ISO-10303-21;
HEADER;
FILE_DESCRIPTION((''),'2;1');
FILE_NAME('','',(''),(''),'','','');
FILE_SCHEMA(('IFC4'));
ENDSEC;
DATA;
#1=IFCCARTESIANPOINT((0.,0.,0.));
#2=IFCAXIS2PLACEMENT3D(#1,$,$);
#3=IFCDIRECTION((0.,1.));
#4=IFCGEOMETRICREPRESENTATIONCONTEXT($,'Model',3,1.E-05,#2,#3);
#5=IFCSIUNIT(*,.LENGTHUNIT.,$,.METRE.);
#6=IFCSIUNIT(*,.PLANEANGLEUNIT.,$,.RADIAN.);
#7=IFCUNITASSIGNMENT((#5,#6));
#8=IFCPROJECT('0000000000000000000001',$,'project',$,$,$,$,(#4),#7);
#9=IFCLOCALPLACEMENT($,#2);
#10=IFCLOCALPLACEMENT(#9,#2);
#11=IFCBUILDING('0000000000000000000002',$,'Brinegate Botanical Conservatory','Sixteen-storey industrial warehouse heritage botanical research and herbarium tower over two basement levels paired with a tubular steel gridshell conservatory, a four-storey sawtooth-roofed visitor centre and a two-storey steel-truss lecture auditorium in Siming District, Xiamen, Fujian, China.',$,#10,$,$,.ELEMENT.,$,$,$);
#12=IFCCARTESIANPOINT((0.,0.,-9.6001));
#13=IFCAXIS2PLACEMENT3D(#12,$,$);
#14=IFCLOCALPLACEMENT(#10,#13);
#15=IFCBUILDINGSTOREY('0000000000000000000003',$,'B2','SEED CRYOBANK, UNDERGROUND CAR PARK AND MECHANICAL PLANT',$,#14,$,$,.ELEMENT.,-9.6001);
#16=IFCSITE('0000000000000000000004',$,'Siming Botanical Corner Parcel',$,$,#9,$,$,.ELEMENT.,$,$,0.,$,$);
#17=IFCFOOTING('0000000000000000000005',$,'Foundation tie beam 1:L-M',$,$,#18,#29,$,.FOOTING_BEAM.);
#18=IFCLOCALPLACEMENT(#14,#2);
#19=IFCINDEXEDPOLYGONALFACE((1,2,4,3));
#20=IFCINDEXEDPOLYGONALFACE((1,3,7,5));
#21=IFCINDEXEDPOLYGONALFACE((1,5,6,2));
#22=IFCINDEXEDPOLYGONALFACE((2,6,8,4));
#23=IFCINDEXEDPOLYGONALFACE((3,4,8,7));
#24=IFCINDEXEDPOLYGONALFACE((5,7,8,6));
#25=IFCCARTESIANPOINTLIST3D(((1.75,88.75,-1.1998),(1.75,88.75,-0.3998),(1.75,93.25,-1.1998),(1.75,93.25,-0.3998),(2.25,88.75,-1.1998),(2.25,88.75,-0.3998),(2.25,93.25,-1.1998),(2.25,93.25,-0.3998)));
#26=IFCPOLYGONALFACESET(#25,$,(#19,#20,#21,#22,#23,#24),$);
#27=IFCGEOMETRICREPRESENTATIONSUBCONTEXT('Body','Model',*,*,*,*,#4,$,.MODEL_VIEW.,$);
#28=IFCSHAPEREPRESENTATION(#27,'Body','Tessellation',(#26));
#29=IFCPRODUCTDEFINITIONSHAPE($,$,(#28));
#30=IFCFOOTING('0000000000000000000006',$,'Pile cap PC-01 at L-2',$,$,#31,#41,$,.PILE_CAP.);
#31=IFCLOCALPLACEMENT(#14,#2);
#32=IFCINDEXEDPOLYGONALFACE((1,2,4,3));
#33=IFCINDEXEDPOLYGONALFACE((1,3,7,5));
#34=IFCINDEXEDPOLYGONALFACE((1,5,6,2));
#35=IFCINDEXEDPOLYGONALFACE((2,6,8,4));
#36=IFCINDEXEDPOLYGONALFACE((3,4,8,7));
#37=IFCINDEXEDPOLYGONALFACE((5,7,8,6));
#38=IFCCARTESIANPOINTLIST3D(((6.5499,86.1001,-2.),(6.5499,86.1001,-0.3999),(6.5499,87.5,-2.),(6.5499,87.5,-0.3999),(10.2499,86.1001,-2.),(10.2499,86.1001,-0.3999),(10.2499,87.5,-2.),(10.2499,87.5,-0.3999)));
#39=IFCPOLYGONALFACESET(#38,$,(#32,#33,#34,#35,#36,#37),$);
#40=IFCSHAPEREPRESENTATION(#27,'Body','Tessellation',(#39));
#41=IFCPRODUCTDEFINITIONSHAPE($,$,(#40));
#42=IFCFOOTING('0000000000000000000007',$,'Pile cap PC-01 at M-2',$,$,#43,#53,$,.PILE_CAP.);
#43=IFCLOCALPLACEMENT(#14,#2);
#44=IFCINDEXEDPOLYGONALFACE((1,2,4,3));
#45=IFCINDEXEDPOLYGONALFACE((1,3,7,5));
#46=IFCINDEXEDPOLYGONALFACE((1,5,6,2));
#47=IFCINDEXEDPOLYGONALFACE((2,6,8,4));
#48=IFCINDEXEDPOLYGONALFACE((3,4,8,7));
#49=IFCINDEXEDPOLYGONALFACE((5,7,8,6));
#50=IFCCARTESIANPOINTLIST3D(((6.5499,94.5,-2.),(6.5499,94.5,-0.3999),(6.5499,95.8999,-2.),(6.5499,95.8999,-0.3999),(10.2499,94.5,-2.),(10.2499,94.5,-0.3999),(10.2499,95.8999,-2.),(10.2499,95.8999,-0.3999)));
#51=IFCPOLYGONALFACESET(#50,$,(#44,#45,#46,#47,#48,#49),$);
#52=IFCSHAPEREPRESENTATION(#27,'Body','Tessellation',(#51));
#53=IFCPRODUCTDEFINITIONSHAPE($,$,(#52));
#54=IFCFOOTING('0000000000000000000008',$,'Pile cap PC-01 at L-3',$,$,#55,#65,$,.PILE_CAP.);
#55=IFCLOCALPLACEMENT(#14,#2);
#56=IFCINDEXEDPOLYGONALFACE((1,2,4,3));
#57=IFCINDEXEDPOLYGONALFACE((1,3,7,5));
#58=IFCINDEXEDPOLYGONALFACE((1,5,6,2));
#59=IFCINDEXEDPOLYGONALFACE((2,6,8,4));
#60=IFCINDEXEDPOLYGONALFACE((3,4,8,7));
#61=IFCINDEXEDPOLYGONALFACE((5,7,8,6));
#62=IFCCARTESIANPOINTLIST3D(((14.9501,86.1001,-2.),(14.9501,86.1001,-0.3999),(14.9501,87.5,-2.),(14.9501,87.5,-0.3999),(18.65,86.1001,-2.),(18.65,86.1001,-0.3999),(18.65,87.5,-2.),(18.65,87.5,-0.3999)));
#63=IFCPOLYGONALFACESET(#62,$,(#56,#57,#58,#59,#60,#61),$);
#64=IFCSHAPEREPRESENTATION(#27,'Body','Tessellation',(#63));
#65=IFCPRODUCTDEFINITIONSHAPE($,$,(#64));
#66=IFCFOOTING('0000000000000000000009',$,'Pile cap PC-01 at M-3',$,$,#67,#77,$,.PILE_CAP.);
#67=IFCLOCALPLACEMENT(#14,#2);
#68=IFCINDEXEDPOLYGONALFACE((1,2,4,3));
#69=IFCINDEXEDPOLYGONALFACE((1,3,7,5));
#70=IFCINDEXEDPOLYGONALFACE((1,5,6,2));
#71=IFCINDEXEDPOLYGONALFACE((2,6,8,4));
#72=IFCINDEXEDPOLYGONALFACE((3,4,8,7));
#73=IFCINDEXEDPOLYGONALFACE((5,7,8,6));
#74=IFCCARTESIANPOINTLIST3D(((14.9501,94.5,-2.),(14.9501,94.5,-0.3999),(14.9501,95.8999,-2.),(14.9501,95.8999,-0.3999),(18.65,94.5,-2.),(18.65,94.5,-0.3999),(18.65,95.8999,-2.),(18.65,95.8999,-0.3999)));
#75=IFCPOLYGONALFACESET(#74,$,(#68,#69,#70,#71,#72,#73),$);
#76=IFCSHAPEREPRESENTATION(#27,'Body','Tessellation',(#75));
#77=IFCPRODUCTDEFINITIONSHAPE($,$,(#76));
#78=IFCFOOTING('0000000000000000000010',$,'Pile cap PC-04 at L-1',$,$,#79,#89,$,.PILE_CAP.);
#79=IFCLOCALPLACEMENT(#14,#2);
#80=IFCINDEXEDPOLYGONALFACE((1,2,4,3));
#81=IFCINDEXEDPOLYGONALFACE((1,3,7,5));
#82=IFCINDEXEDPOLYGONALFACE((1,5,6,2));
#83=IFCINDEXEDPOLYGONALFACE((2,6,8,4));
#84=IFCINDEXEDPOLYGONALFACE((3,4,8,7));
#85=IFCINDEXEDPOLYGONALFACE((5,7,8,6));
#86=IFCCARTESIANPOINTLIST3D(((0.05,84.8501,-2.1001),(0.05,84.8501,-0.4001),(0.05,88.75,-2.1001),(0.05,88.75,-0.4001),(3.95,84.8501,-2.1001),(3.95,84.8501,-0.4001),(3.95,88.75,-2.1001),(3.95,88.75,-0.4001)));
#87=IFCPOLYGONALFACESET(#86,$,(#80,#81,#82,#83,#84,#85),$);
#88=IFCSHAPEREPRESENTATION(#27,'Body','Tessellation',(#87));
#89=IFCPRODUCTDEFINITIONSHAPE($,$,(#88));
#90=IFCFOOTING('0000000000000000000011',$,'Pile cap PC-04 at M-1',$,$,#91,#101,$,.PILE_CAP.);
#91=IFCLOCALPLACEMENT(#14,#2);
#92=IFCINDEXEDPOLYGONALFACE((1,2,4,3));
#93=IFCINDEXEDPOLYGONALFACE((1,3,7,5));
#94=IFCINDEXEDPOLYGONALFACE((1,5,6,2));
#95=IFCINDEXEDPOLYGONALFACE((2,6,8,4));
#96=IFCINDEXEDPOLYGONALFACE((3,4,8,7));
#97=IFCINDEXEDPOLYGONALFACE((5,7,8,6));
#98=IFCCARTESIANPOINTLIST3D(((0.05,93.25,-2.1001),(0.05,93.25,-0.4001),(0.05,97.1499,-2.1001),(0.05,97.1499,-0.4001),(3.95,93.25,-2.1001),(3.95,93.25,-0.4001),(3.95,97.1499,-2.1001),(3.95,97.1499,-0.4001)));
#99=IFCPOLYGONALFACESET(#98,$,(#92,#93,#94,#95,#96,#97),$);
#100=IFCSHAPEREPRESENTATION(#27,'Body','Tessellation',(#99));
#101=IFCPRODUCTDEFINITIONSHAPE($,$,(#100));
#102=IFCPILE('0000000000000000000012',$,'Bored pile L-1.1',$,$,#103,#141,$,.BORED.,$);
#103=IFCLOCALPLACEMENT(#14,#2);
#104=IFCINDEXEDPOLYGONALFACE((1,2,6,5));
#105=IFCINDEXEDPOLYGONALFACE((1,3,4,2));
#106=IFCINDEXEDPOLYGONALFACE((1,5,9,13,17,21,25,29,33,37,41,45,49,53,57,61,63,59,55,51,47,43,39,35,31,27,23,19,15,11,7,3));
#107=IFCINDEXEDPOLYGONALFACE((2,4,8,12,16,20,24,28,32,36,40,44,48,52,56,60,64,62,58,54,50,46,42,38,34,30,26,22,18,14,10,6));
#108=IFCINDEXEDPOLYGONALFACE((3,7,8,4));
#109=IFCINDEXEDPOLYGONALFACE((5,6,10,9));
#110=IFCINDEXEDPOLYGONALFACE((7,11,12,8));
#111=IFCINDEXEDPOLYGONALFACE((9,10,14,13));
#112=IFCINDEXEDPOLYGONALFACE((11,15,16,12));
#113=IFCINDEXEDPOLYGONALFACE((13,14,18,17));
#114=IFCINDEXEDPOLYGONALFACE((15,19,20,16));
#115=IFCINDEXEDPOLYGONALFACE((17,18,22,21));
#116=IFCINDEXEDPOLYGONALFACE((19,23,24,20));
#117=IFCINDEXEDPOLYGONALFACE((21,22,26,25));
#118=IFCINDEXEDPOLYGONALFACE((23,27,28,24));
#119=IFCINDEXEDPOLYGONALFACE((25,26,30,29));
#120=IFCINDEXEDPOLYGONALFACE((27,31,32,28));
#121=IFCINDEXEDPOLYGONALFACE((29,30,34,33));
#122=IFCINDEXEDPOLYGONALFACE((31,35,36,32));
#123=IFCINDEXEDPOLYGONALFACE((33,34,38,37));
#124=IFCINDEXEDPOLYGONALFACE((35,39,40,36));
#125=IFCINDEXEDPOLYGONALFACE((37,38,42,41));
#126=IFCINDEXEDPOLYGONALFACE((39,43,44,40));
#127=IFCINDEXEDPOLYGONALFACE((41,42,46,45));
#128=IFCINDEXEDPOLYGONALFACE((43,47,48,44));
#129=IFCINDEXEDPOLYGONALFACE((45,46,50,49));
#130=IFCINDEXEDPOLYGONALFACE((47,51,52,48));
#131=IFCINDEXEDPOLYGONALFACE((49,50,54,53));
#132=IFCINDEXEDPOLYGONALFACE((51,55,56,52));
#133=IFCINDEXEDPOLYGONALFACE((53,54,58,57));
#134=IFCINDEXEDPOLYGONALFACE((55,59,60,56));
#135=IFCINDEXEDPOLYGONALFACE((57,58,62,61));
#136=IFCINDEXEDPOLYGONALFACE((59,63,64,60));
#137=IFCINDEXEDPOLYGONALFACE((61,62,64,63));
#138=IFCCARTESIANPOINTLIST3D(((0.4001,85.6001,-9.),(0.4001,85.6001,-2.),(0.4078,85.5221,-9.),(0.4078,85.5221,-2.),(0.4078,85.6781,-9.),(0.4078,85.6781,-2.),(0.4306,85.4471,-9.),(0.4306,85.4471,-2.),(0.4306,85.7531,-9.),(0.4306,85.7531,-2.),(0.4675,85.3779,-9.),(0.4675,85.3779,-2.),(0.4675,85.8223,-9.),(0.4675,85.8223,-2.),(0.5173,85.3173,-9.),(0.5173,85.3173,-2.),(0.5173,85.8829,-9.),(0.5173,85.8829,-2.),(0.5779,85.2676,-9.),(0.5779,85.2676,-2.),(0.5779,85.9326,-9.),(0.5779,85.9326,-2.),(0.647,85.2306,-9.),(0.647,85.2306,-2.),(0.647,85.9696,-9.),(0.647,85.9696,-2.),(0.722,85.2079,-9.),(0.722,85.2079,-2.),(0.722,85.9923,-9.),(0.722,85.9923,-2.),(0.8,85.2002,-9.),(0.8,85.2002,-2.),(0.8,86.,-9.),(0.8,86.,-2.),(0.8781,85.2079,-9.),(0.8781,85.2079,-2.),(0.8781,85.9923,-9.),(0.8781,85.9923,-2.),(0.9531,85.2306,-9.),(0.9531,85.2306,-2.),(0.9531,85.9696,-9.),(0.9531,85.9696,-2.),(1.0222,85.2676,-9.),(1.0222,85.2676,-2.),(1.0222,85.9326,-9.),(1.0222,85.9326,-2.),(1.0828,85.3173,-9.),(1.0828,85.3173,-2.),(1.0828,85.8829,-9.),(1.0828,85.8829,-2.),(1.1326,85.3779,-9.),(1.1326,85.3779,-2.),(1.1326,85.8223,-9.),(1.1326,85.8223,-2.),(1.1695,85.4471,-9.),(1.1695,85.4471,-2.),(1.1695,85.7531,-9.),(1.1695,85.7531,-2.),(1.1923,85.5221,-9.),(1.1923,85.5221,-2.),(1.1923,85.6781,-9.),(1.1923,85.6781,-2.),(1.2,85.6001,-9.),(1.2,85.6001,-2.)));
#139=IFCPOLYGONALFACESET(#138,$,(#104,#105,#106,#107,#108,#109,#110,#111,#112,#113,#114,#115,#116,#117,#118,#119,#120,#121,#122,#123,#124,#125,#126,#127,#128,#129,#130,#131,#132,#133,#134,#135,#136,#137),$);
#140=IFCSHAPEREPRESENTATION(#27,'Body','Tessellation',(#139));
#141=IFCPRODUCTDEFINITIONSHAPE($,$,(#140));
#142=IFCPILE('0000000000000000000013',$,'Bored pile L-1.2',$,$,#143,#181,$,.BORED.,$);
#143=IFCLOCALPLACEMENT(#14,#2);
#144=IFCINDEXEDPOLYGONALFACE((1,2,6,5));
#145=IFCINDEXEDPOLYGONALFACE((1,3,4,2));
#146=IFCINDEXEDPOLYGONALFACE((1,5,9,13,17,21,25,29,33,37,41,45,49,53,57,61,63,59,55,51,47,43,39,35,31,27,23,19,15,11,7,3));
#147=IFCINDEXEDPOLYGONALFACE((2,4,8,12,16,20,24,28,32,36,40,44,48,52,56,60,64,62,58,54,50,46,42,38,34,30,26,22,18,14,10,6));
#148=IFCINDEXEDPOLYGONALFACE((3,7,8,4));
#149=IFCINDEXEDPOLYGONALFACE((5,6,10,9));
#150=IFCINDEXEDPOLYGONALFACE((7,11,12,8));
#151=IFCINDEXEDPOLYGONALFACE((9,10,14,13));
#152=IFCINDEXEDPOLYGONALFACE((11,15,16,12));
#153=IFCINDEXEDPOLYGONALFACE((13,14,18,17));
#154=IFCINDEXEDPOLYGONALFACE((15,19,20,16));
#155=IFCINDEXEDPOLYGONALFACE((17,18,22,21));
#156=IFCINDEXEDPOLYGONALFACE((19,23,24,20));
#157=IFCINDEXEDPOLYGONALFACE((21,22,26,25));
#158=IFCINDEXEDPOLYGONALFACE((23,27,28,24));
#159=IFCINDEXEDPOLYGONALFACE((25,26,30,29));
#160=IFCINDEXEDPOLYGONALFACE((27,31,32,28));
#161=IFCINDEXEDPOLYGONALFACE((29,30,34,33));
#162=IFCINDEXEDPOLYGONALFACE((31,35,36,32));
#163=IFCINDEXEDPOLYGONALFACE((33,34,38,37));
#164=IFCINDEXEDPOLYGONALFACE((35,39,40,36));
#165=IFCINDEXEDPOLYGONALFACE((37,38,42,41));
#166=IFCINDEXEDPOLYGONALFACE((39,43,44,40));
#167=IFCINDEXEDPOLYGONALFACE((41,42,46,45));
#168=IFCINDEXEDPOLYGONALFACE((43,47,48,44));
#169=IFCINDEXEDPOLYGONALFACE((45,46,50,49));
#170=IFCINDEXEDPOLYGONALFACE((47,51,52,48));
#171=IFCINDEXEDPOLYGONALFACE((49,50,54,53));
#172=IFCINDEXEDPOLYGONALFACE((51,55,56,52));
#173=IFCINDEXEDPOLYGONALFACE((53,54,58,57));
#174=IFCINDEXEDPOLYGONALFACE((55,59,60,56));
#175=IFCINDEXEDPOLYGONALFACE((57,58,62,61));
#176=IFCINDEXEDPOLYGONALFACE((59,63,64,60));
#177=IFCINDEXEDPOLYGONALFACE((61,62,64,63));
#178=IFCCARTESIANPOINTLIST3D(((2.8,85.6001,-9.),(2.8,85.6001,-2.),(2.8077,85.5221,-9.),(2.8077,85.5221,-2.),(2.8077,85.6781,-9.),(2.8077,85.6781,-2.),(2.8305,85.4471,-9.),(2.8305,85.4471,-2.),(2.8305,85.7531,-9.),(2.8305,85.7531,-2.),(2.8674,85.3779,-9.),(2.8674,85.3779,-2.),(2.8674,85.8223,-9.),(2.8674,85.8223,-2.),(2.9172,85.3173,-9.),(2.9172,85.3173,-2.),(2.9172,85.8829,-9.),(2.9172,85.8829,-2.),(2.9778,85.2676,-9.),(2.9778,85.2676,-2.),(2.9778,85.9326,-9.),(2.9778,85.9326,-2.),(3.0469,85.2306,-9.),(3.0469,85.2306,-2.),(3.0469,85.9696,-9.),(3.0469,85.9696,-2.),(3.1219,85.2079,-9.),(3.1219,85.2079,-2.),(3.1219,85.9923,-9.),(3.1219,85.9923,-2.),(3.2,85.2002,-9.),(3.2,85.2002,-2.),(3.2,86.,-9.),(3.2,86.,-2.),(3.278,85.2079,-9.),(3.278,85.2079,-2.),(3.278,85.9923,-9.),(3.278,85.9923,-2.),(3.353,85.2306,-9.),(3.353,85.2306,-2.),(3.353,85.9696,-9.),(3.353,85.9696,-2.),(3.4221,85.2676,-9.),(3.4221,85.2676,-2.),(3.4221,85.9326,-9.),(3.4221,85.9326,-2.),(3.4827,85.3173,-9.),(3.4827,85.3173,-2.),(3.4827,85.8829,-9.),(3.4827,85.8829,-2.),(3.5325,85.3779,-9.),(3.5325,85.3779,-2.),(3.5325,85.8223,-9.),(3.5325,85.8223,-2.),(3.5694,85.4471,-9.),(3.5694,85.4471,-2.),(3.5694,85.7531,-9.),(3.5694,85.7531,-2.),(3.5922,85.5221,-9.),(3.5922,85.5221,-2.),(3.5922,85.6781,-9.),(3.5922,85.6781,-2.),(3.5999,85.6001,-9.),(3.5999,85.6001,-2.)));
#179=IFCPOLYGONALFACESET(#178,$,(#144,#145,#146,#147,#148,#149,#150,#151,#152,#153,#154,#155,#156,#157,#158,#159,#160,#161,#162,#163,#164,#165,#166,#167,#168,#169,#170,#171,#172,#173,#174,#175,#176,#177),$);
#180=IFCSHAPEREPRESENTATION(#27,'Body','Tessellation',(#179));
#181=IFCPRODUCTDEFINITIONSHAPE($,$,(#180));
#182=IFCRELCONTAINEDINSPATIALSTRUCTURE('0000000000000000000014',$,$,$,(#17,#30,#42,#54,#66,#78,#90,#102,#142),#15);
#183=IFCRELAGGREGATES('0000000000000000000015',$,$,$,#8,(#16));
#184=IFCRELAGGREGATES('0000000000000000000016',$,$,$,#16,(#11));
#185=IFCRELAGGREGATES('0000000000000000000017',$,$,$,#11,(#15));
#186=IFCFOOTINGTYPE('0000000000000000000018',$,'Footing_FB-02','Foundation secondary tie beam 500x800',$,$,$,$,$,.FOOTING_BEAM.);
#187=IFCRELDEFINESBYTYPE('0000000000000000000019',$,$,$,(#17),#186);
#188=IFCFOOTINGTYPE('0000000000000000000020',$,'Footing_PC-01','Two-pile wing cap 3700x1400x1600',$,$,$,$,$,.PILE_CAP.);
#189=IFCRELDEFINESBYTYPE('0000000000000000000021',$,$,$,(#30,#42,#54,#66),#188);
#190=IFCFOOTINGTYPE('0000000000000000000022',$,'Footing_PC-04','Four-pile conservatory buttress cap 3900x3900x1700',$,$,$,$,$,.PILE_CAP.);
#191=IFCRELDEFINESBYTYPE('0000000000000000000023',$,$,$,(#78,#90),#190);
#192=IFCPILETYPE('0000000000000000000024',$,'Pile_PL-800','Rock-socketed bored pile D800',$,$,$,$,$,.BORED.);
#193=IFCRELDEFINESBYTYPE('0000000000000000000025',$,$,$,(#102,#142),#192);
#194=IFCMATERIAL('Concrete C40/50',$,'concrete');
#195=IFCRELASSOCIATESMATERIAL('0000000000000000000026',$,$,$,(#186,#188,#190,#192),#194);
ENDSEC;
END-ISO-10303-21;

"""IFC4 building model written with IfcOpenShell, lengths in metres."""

from ifc_helpers import new_model, si_unit, direction, frame, origin, origin_2d, place, context, subcontext, project, spatial, rectangle, circle, extrude, material, material_profile, profile_set, type_object, element, save


model = new_model("IFC4")

# Units and contexts
model_context = context("Model", 3, precision=1e-05, world=origin(), true_north=direction((0.0, 1.0)))
body_context = subcontext(model_context, "Body", "Model", "MODEL_VIEW")
ifc_project = project(units=[si_unit("LENGTHUNIT", "METRE"), si_unit("PLANEANGLEUNIT", "RADIAN")], contexts=[model_context])

# Site, building, storey
site_placement = place(None, origin())
site = spatial("IfcSite", under=ifc_project, at=site_placement, Name="Siming Botanical Corner Parcel", CompositionType="ELEMENT", RefElevation=0.0)
building_placement = place(site_placement, origin())
building = spatial("IfcBuilding", under=site, at=building_placement, Name="Brinegate Botanical Conservatory", Description="Sixteen-storey industrial warehouse heritage botanical research and herbarium tower over two basement levels paired with a tubular steel gridshell conservatory, a four-storey sawtooth-roofed visitor centre and a two-storey steel-truss lecture auditorium in Siming District, Xiamen, Fujian, China.", CompositionType="ELEMENT")
storey_placement = place(building_placement, frame((0.0, 0.0, -9.6001)))
storey = spatial("IfcBuildingStorey", under=building, at=storey_placement, Name="B2", Description="SEED CRYOBANK, UNDERGROUND CAR PARK AND MECHANICAL PLANT", CompositionType="ELEMENT", Elevation=-9.6001)

# Footings
ifc_material_1 = material(Name="Concrete C40/50", Category="concrete")
ifc_material_profile_1 = material_profile(ifc_material_1, rectangle(XDim=0.5, YDim=0.8, at=origin_2d()), Name="RC GB 500x800")
ifc_profile_set_1 = profile_set([ifc_material_profile_1], Name="Concrete C40/50")
footing_type_1 = type_object("IfcFootingType", Name="Footing_FB-02", Description="Foundation secondary tie beam 500x800", PredefinedType="FOOTING_BEAM", material=ifc_profile_set_1)
footing_placement = place(storey_placement, frame((2.0, 88.75, -0.7998), z_axis=(0.0, 1.0, 0.0), x_axis=(-1.0, 0.0, 0.0)))
element("IfcFooting", 1, at=footing_placement, inside=storey, type_object=footing_type_1, Name="Foundation tie beam 1:L-M", PredefinedType="FOOTING_BEAM", context=body_context, shape_type="SweptSolid", body=[
    extrude(rectangle(XDim=0.5, YDim=0.8, at=origin_2d()), origin(), (0.0, 0.0, 1.0), 4.5),
])
footing_type_2 = type_object("IfcFootingType", Name="Footing_PC-01", Description="Two-pile wing cap 3700x1400x1600", PredefinedType="PILE_CAP", material=ifc_material_1)
for number, where, z_axis, x_axis, name in (
    (2, (8.3999, 86.8, -2.0), (0.0, 0.0, 1.0), (1.0, 0.0, 0.0), "Pile cap PC-01 at L-2"),
    (3, (8.3999, 95.2, -2.0), (0.0, 0.0, 1.0), (1.0, 0.0, 0.0), "Pile cap PC-01 at M-2"),
    (4, (16.8, 86.8, -2.0), (0.0, 0.0, 1.0), (1.0, 0.0, 0.0), "Pile cap PC-01 at L-3"),
    (5, (16.8, 95.2, -2.0), (0.0, 0.0, 1.0), (1.0, 0.0, 0.0), "Pile cap PC-01 at M-3"),
):
    element("IfcFooting", number, at=place(storey_placement, frame(where, z_axis=z_axis, x_axis=x_axis)), inside=storey, type_object=footing_type_2, Name=name, PredefinedType="PILE_CAP", context=body_context, shape_type="SweptSolid", body=[
        extrude(rectangle(XDim=3.7, YDim=1.3999, at=origin_2d()), origin(), (0.0, 0.0, 1.0), 1.6001),
    ])
footing_type_3 = type_object("IfcFootingType", Name="Footing_PC-04", Description="Four-pile conservatory buttress cap 3900x3900x1700", PredefinedType="PILE_CAP", material=ifc_material_1)
for number, where, z_axis, x_axis, name in (
    (6, (2.0, 86.8, -2.1001), (0.0, 0.0, 1.0), (1.0, 0.0, 0.0), "Pile cap PC-04 at L-1"),
    (7, (2.0, 95.2, -2.1001), (0.0, 0.0, 1.0), (1.0, 0.0, 0.0), "Pile cap PC-04 at M-1"),
):
    element("IfcFooting", number, at=place(storey_placement, frame(where, z_axis=z_axis, x_axis=x_axis)), inside=storey, type_object=footing_type_3, Name=name, PredefinedType="PILE_CAP", context=body_context, shape_type="SweptSolid", body=[
        extrude(rectangle(XDim=3.8999, YDim=3.8999, at=origin_2d()), origin(), (0.0, 0.0, 1.0), 1.7),
    ])

# Piles
ifc_material_profile_2 = material_profile(ifc_material_1, circle(Radius=0.3999, at=origin_2d()), Name="PILE D800")
ifc_profile_set_2 = profile_set([ifc_material_profile_2], Name="Concrete C40/50")
pile_type = type_object("IfcPileType", Name="Pile_PL-800", Description="Rock-socketed bored pile D800", PredefinedType="BORED", material=ifc_profile_set_2)
for number, where, z_axis, x_axis, name in (
    (8, (0.8, 85.6001, -2.0), (0.0, 0.0, -1.0), (1.0, 0.0, 0.0), "Bored pile L-1.1"),
    (9, (3.2, 85.6001, -2.0), (0.0, 0.0, -1.0), (1.0, 0.0, 0.0), "Bored pile L-1.2"),
):
    element("IfcPile", number, at=place(storey_placement, frame(where, z_axis=z_axis, x_axis=x_axis)), inside=storey, type_object=pile_type, Name=name, PredefinedType="BORED", context=body_context, shape_type="SweptSolid", body=[
        extrude(circle(Radius=0.3999, at=origin_2d()), origin(), (0.0, 0.0, 1.0), 7.0),
    ])

save(model, "model.ifc")
